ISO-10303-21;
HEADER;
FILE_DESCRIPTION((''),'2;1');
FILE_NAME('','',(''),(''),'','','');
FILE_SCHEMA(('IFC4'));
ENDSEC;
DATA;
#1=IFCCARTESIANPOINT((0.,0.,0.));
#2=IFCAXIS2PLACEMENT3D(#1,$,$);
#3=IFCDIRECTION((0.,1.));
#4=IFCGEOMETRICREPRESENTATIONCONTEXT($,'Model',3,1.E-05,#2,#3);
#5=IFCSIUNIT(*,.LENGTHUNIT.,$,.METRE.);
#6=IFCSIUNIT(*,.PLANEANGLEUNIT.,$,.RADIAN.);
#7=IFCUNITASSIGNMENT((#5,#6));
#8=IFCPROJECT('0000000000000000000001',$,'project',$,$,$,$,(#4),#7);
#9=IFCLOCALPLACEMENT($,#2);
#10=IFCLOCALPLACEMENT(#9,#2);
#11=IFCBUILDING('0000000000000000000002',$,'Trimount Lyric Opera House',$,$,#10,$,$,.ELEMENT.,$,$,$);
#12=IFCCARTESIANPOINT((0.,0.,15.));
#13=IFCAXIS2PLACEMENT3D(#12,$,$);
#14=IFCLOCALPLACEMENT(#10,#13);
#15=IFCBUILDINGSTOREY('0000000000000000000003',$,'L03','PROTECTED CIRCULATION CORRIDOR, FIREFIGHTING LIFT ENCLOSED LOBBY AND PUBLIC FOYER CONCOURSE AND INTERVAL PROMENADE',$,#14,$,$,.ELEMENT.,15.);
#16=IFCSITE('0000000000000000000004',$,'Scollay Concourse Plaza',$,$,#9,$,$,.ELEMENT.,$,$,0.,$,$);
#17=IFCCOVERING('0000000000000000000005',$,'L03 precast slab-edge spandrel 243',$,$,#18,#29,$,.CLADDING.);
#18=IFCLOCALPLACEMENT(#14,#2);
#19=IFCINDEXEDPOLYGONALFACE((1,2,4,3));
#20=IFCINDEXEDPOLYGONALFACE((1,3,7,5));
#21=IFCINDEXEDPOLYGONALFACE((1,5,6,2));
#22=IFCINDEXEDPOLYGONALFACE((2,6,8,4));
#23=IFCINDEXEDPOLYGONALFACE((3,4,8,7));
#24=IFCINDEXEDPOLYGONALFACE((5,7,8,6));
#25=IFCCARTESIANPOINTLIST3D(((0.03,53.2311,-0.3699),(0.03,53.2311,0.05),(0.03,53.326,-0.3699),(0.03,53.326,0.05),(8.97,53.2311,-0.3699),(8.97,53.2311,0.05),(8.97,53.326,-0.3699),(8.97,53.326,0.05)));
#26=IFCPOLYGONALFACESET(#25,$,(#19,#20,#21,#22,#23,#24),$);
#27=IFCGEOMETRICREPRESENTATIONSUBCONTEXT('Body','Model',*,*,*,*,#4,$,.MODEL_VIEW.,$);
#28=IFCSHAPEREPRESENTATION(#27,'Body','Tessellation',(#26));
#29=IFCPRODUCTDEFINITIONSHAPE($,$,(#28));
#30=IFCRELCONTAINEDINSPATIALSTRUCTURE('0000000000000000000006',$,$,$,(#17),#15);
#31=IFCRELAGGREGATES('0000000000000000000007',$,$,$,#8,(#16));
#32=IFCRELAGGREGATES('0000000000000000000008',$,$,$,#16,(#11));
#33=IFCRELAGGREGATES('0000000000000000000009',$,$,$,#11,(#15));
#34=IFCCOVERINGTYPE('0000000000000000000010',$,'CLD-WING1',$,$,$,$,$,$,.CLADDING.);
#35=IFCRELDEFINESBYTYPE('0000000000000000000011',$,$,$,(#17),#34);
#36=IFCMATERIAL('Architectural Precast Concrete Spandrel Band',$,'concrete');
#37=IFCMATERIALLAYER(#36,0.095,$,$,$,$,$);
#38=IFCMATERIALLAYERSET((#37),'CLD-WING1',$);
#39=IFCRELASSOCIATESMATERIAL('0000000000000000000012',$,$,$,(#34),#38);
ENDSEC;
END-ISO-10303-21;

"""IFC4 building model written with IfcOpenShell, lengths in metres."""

from ifc_helpers import new_model, si_unit, direction, frame, origin, origin_2d, place, context, subcontext, project, spatial, rectangle, extrude, material, layer, layer_set, type_object, element, save


model = new_model("IFC4")

# Units and contexts
model_context = context("Model", 3, precision=1e-05, world=origin(), true_north=direction((0.0, 1.0)))
body_context = subcontext(model_context, "Body", "Model", "MODEL_VIEW")
ifc_project = project(units=[si_unit("LENGTHUNIT", "METRE"), si_unit("PLANEANGLEUNIT", "RADIAN")], contexts=[model_context])

# Site, building, storey
site_placement = place(None, origin())
site = spatial("IfcSite", under=ifc_project, at=site_placement, Name="Scollay Concourse Plaza", CompositionType="ELEMENT", RefElevation=0.0)
building_placement = place(site_placement, origin())
building = spatial("IfcBuilding", under=site, at=building_placement, Name="Trimount Lyric Opera House", CompositionType="ELEMENT")
storey_placement = place(building_placement, frame((0.0, 0.0, 15.0)))
storey = spatial("IfcBuildingStorey", under=building, at=storey_placement, Name="L03", Description="PROTECTED CIRCULATION CORRIDOR, FIREFIGHTING LIFT ENCLOSED LOBBY AND PUBLIC FOYER CONCOURSE AND INTERVAL PROMENADE", CompositionType="ELEMENT", Elevation=15.0)

# Covering
ifc_material_1 = material(Name="Architectural Precast Concrete Spandrel Band", Category="concrete")
ifc_layer_1 = layer(ifc_material_1, 0.095)
ifc_layer_set_1 = layer_set([ifc_layer_1], Name="CLD-WING1")
covering_type_1 = type_object("IfcCoveringType", Name="CLD-WING1", PredefinedType="CLADDING", material=ifc_layer_set_1)
for number, where, z_axis, x_axis, name in (
    (1, (4.5, 53.2786, -0.3699), (0.0, 0.0, 1.0), (-1.0, 0.0, 0.0), "L03 precast slab-edge spandrel 243"),
):
    element("IfcCovering", number, at=place(storey_placement, frame(where, z_axis=z_axis, x_axis=x_axis)), inside=storey, type_object=covering_type_1, Name=name, PredefinedType="CLADDING", context=body_context, shape_type="SweptSolid", body=[
        extrude(rectangle(XDim=8.9399, YDim=0.095, at=origin_2d()), origin(), (0.0, 0.0, 1.0), 0.4199),
    ])

save(model, "model.ifc")
